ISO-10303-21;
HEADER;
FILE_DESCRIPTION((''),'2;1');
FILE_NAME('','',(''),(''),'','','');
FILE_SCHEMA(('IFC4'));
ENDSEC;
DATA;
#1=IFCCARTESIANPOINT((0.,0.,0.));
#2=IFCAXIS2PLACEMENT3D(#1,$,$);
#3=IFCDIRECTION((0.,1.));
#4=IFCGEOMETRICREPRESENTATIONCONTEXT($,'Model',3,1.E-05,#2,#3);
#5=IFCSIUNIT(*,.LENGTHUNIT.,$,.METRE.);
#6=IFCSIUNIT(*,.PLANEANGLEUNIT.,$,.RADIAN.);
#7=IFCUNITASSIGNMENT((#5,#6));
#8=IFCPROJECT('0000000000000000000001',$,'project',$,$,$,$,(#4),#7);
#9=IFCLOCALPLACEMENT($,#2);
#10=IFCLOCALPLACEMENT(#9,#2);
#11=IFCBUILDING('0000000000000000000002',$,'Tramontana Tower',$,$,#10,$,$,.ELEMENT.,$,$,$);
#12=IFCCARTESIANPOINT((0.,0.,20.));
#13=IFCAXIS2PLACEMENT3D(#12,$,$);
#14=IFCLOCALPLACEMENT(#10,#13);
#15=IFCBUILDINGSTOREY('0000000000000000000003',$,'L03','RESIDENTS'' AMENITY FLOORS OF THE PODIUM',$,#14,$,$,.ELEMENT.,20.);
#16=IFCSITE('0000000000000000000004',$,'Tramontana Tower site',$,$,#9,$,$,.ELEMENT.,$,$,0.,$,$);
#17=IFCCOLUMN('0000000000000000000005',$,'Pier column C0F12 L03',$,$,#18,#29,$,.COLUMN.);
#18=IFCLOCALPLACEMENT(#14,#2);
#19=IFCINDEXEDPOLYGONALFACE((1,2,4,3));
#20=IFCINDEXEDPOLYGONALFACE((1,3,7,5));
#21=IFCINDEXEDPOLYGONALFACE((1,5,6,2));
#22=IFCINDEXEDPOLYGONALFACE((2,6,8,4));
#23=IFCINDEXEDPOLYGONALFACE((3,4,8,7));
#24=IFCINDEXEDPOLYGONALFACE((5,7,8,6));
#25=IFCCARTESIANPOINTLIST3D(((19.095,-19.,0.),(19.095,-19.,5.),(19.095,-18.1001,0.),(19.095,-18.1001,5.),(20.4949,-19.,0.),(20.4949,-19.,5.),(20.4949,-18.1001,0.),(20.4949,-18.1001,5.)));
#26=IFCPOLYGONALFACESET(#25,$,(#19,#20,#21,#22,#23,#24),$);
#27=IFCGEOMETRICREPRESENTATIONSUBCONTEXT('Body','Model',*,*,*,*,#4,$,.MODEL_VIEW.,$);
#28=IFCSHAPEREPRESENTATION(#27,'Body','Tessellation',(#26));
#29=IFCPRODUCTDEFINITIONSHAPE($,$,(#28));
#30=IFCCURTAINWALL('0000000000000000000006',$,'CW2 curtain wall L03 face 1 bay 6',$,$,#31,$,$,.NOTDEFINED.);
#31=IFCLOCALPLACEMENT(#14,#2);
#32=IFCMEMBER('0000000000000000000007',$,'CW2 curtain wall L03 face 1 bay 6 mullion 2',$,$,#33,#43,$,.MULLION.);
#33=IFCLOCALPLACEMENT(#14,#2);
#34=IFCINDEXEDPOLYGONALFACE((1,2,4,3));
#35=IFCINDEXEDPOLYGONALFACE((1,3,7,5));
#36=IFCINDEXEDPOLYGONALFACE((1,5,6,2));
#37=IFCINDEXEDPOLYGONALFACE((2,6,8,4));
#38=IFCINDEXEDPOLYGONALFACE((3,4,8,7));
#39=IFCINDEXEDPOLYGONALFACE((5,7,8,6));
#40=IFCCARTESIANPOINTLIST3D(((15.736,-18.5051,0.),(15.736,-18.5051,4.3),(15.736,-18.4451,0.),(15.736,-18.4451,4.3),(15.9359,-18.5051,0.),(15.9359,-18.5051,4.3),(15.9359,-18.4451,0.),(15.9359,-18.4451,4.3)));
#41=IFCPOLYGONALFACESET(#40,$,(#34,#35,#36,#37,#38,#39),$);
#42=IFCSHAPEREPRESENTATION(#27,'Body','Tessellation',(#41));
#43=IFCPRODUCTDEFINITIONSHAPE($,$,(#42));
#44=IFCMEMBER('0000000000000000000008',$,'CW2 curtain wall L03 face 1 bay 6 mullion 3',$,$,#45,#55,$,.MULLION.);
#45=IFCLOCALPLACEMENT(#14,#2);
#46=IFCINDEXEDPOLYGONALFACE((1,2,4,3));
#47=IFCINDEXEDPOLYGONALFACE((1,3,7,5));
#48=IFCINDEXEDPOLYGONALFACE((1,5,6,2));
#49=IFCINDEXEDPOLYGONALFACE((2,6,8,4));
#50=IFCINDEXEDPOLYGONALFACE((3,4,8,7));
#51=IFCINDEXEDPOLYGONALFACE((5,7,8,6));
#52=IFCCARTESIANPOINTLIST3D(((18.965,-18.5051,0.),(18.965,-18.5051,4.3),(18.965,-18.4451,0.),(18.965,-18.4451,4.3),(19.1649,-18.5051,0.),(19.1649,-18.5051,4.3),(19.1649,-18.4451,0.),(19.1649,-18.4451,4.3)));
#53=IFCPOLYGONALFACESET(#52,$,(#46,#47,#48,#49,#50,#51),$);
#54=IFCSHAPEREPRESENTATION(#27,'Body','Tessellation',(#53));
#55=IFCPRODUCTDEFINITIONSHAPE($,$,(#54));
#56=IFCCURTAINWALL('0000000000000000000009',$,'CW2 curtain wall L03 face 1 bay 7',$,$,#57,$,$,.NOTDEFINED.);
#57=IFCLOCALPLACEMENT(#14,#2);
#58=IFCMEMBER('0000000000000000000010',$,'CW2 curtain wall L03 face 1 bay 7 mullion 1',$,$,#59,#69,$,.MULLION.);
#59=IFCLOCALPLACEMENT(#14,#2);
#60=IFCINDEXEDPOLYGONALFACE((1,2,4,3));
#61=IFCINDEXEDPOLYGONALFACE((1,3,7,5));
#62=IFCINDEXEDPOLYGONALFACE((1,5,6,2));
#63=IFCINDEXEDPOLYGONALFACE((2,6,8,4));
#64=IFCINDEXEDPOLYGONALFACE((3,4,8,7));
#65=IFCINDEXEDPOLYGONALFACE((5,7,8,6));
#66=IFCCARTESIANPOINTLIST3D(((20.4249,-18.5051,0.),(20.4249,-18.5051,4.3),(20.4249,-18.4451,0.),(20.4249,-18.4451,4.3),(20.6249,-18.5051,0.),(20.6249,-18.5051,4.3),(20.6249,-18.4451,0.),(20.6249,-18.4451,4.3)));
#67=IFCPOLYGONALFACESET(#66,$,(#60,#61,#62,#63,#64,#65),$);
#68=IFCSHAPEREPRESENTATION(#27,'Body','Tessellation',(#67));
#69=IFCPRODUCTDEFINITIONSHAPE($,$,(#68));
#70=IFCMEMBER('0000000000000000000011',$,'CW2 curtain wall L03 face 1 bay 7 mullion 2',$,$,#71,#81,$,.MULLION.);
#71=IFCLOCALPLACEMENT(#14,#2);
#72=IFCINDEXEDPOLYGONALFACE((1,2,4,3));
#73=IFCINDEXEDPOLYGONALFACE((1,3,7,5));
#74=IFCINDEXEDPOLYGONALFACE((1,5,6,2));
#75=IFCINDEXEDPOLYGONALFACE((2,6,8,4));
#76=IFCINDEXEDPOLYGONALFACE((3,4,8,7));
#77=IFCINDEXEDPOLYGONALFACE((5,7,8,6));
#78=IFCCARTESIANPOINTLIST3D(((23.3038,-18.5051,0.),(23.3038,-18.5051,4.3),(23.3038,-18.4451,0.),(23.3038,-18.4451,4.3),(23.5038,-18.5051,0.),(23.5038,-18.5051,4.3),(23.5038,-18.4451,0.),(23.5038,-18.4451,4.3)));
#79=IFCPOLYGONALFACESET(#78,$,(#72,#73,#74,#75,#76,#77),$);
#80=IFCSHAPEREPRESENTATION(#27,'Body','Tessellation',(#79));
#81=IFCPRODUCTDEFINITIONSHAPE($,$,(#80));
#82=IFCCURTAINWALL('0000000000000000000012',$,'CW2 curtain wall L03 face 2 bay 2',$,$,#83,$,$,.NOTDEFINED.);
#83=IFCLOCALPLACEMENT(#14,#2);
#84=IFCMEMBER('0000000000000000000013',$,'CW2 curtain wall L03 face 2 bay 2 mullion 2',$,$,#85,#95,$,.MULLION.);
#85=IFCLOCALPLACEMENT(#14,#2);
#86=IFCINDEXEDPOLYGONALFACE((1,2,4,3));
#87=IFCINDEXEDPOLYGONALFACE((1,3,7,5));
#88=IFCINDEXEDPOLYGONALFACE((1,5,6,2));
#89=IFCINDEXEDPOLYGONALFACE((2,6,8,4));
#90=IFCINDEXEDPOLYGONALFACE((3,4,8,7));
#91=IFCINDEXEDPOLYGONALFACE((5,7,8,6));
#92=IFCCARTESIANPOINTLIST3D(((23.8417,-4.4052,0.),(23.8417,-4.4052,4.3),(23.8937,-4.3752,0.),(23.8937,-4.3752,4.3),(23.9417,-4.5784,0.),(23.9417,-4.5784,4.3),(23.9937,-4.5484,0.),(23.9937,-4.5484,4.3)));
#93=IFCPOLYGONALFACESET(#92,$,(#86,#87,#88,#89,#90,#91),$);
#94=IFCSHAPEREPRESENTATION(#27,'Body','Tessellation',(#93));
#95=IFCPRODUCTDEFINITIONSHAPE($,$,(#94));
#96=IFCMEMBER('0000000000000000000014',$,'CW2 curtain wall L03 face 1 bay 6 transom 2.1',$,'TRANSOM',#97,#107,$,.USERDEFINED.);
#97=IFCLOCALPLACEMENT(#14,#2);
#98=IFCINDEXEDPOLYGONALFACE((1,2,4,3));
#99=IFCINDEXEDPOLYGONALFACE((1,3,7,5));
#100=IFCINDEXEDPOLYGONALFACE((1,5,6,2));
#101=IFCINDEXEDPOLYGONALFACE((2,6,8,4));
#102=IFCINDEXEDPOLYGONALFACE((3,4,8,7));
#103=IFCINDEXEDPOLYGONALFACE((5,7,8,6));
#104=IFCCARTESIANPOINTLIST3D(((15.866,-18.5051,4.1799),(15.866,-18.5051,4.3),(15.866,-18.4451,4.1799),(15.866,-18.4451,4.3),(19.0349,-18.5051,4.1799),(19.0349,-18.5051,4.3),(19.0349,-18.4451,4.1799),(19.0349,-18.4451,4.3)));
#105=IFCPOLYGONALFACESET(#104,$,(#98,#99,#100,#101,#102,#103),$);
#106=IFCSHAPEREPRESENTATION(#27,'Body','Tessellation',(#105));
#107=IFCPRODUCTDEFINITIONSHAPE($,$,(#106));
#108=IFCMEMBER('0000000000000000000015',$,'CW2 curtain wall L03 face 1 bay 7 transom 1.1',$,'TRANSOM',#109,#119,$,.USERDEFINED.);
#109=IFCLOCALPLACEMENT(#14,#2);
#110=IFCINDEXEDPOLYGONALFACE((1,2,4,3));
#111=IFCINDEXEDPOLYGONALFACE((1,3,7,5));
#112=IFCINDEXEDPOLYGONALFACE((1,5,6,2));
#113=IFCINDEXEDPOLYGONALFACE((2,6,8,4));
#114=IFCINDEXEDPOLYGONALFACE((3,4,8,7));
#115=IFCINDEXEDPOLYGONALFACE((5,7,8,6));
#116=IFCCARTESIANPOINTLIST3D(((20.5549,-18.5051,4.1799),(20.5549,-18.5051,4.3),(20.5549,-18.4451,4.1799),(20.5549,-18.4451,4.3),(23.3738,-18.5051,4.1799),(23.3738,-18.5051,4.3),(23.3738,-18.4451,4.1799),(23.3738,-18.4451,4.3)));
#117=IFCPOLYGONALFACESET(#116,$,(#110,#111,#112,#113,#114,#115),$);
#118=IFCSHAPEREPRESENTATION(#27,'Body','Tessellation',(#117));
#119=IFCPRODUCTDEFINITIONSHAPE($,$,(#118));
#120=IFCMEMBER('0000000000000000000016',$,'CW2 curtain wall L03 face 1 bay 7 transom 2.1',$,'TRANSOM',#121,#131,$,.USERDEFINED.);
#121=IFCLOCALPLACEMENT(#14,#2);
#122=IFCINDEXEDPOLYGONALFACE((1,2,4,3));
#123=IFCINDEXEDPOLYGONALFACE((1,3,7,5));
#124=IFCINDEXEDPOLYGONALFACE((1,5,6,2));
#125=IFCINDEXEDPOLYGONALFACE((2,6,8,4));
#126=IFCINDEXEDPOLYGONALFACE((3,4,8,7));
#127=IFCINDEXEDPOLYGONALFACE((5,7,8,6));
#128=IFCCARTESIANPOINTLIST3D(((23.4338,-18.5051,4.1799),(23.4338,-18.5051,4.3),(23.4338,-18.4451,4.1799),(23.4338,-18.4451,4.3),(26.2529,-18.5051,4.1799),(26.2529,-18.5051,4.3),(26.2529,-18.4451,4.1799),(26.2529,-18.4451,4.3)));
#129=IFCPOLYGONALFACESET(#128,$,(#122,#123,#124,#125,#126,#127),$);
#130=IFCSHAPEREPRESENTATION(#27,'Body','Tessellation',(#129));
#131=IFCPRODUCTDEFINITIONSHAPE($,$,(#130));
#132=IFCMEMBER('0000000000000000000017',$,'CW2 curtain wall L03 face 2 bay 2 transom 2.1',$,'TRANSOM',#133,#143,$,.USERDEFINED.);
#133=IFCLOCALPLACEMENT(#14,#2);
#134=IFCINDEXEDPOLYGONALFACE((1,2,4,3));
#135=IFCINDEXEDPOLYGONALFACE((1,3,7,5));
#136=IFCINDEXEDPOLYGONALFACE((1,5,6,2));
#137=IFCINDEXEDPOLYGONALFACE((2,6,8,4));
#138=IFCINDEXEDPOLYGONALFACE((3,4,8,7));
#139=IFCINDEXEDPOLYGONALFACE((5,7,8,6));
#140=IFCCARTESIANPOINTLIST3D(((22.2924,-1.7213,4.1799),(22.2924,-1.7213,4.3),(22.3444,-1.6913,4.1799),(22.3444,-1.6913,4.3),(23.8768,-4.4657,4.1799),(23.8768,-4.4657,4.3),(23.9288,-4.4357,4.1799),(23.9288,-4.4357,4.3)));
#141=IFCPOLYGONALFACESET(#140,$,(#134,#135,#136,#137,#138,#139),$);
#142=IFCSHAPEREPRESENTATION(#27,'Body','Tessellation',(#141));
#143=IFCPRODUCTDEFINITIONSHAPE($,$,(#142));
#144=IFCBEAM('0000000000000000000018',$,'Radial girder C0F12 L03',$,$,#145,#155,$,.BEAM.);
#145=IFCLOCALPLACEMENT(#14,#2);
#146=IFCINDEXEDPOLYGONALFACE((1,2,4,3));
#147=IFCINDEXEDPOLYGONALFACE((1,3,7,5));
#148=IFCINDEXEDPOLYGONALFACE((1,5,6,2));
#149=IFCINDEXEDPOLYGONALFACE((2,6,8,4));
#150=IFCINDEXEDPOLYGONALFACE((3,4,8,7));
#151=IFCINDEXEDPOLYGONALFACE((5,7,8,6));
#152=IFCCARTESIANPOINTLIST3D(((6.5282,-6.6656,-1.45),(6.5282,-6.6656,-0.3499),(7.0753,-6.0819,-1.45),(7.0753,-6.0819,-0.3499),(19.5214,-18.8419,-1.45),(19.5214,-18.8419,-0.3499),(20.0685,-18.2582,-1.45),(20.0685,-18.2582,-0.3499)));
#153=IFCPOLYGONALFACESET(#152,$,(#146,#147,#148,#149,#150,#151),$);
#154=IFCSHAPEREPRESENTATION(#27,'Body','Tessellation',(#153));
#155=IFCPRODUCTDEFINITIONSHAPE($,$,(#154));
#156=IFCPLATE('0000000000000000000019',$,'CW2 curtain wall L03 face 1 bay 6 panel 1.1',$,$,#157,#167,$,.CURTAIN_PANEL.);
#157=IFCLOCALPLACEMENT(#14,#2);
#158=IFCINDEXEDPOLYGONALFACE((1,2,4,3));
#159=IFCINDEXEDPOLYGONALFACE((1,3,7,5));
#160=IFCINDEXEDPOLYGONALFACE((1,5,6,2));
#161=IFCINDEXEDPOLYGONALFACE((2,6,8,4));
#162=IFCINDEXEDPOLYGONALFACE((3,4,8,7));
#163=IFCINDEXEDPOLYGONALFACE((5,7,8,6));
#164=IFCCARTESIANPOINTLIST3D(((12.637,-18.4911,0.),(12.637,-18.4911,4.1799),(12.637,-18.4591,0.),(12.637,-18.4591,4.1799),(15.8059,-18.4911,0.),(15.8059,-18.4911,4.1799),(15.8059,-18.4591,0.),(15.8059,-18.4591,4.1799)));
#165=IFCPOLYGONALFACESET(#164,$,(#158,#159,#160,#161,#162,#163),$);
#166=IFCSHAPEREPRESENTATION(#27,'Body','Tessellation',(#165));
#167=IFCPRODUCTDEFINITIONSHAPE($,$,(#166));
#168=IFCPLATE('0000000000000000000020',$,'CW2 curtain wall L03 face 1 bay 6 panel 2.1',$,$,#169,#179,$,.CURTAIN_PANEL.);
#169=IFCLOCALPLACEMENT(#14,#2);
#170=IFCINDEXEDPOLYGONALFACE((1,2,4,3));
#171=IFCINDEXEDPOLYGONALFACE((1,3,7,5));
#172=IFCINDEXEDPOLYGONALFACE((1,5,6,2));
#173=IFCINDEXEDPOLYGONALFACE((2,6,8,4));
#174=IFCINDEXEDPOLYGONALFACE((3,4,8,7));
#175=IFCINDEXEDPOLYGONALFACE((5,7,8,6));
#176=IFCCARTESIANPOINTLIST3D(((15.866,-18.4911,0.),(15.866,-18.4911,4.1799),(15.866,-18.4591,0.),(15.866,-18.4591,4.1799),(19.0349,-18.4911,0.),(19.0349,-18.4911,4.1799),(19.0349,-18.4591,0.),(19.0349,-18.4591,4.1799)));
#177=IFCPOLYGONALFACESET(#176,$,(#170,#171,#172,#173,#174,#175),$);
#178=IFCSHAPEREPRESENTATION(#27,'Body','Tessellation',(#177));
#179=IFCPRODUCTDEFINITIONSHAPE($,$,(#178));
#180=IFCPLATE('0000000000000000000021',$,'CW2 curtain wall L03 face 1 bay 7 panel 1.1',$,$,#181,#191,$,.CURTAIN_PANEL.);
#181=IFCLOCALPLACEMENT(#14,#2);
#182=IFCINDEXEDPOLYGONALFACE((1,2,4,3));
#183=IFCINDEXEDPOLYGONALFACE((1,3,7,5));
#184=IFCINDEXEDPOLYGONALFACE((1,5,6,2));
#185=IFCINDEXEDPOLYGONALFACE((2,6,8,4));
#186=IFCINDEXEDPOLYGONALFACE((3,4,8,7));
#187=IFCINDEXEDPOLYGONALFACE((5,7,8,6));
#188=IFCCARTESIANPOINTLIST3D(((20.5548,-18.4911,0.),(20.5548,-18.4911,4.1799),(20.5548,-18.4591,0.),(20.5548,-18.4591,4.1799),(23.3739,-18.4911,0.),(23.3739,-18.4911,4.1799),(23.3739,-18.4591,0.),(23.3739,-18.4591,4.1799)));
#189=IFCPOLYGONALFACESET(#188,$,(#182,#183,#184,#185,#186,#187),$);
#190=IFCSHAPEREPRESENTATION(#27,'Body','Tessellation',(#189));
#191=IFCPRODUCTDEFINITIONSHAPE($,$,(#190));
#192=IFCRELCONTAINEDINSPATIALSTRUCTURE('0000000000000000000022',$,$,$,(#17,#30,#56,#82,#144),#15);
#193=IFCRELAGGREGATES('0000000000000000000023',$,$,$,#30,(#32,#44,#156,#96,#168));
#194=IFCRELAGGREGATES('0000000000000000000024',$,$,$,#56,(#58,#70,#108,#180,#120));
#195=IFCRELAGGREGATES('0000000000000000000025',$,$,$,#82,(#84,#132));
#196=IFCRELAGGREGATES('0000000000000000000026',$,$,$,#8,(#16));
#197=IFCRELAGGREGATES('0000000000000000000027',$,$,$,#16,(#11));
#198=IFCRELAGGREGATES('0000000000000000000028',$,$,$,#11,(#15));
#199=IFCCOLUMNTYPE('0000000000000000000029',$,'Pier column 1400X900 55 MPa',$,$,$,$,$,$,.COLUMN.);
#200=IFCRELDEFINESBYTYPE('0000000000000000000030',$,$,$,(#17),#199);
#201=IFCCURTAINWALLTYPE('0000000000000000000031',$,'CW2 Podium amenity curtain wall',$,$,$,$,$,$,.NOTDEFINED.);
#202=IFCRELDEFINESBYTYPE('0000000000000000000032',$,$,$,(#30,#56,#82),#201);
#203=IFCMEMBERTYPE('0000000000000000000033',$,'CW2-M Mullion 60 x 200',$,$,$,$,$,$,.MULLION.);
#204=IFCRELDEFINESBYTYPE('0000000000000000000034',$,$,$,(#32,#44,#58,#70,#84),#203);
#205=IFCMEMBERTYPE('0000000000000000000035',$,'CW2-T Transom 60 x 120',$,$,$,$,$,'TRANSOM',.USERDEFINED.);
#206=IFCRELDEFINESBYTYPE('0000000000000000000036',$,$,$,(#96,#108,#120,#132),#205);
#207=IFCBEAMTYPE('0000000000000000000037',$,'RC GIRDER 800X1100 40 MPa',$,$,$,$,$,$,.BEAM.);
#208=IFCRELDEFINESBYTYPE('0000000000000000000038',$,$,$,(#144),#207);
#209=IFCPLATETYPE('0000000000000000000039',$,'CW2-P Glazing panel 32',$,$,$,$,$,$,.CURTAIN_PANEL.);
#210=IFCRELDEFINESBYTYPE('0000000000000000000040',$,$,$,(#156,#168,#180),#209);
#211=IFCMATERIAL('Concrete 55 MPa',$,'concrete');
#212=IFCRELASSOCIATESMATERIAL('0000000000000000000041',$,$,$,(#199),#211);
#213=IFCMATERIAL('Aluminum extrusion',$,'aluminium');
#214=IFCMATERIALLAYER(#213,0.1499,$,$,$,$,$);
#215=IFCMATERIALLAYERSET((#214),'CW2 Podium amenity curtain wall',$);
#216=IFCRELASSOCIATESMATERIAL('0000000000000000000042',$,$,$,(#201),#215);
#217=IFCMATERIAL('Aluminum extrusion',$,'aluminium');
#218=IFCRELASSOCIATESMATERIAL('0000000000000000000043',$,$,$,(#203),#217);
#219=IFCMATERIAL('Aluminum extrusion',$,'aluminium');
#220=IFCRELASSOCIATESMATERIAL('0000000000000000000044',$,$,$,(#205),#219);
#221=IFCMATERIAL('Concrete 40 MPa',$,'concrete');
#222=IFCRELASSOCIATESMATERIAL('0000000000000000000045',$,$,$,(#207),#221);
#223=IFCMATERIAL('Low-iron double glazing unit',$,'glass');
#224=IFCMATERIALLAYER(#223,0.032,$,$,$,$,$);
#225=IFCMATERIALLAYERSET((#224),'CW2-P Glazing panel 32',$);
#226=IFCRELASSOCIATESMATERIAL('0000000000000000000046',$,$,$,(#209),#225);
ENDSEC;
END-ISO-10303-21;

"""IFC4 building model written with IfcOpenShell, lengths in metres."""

from ifc_helpers import new_model, si_unit, direction, frame, origin, origin_2d, place, context, subcontext, project, spatial, rectangle, extrude, material, layer, layer_set, material_profile, profile_set, type_object, element, aggregate, save


model = new_model("IFC4")

# Units and contexts
model_context = context("Model", 3, precision=1e-05, world=origin(), true_north=direction((0.0, 1.0)))
body_context = subcontext(model_context, "Body", "Model", "MODEL_VIEW")
ifc_project = project(units=[si_unit("LENGTHUNIT", "METRE"), si_unit("PLANEANGLEUNIT", "RADIAN")], contexts=[model_context])

# Site, building, storey
site_placement = place(None, origin())
site = spatial("IfcSite", under=ifc_project, at=site_placement, Name="Tramontana Tower site", CompositionType="ELEMENT", RefElevation=0.0)
building_placement = place(site_placement, origin())
building = spatial("IfcBuilding", under=site, at=building_placement, Name="Tramontana Tower", CompositionType="ELEMENT")
storey_placement = place(building_placement, frame((0.0, 0.0, 20.0)))
storey = spatial("IfcBuildingStorey", under=building, at=storey_placement, Name="L03", Description="RESIDENTS' AMENITY FLOORS OF THE PODIUM", CompositionType="ELEMENT", Elevation=20.0)

# Column
ifc_material_1 = material(Name="Concrete 55 MPa", Category="concrete")
ifc_material_profile_1 = material_profile(ifc_material_1, rectangle(XDim=1.3999, YDim=0.8999, at=origin_2d()), Name="Pier column 1400X900 55 MPa")
ifc_profile_set_1 = profile_set([ifc_material_profile_1], Name="Concrete 55 MPa")
column_type = type_object("IfcColumnType", Name="Pier column 1400X900 55 MPa", PredefinedType="COLUMN", material=ifc_profile_set_1)
column_placement = place(storey_placement, frame((19.7949, -18.55, 0.0), z_axis=(0.0, 0.0, 1.0), x_axis=(1.0, 0.0, 0.0)))
element("IfcColumn", 1, at=column_placement, inside=storey, type_object=column_type, Name="Pier column C0F12 L03", PredefinedType="COLUMN", context=body_context, shape_type="SweptSolid", body=[
    extrude(rectangle(XDim=1.3999, YDim=0.8999, at=origin_2d()), origin(), (0.0, 0.0, 1.0), 5.0),
])

# Curtain walls, members
ifc_material_2 = material(Name="Aluminum extrusion", Category="aluminium")
ifc_layer_1 = layer(ifc_material_2, 0.1499)
ifc_layer_set_1 = layer_set([ifc_layer_1], Name="CW2 Podium amenity curtain wall")
curtain_wall_type = type_object("IfcCurtainWallType", Name="CW2 Podium amenity curtain wall", PredefinedType="NOTDEFINED", material=ifc_layer_set_1)
curtain_wall_1_placement = place(storey_placement, origin())
curtain_wall_1 = element("IfcCurtainWall", 2, at=curtain_wall_1_placement, inside=storey, type_object=curtain_wall_type, Name="CW2 curtain wall L03 face 1 bay 6", PredefinedType="NOTDEFINED")
ifc_material_3 = material(Name="Aluminum extrusion", Category="aluminium")
ifc_material_profile_2 = material_profile(ifc_material_3, rectangle(XDim=0.0601, YDim=0.2, at=origin_2d()), Name="CW2-M Mullion 60 x 200")
ifc_profile_set_2 = profile_set([ifc_material_profile_2], Name="Aluminum extrusion")
member_type_1 = type_object("IfcMemberType", Name="CW2-M Mullion 60 x 200", PredefinedType="MULLION", material=ifc_profile_set_2)
member_1_placement = place(storey_placement, frame((15.8359, -18.4751, 0.0), z_axis=(0.0, 0.0, 1.0), x_axis=(0.0, 1.0, 0.0)))
member_1 = element("IfcMember", 3, at=member_1_placement, type_object=member_type_1, Name="CW2 curtain wall L03 face 1 bay 6 mullion 2", PredefinedType="MULLION", context=body_context, shape_type="SweptSolid", body=[
    extrude(rectangle(XDim=0.0601, YDim=0.2, at=origin_2d()), origin(), (0.0, 0.0, 1.0), 4.3),
])
member_2_placement = place(storey_placement, frame((19.0649, -18.4751, 0.0), z_axis=(0.0, 0.0, 1.0), x_axis=(0.0, 1.0, 0.0)))
member_2 = element("IfcMember", 4, at=member_2_placement, type_object=member_type_1, Name="CW2 curtain wall L03 face 1 bay 6 mullion 3", PredefinedType="MULLION", context=body_context, shape_type="SweptSolid", body=[
    extrude(rectangle(XDim=0.0601, YDim=0.2, at=origin_2d()), origin(), (0.0, 0.0, 1.0), 4.3),
])
curtain_wall_2_placement = place(storey_placement, origin())
curtain_wall_2 = element("IfcCurtainWall", 5, at=curtain_wall_2_placement, inside=storey, type_object=curtain_wall_type, Name="CW2 curtain wall L03 face 1 bay 7", PredefinedType="NOTDEFINED")
member_3_placement = place(storey_placement, frame((20.5249, -18.4751, 0.0), z_axis=(0.0, 0.0, 1.0), x_axis=(0.0, 1.0, 0.0)))
member_3 = element("IfcMember", 6, at=member_3_placement, type_object=member_type_1, Name="CW2 curtain wall L03 face 1 bay 7 mullion 1", PredefinedType="MULLION", context=body_context, shape_type="SweptSolid", body=[
    extrude(rectangle(XDim=0.0601, YDim=0.2, at=origin_2d()), origin(), (0.0, 0.0, 1.0), 4.3),
])
member_4_placement = place(storey_placement, frame((23.4038, -18.4751, 0.0), z_axis=(0.0, 0.0, 1.0), x_axis=(0.0, 1.0, 0.0)))
member_4 = element("IfcMember", 7, at=member_4_placement, type_object=member_type_1, Name="CW2 curtain wall L03 face 1 bay 7 mullion 2", PredefinedType="MULLION", context=body_context, shape_type="SweptSolid", body=[
    extrude(rectangle(XDim=0.0601, YDim=0.2, at=origin_2d()), origin(), (0.0, 0.0, 1.0), 4.3),
])

# Curtain wall, member
curtain_wall_3_placement = place(storey_placement, origin())
curtain_wall_3 = element("IfcCurtainWall", 8, at=curtain_wall_3_placement, inside=storey, type_object=curtain_wall_type, Name="CW2 curtain wall L03 face 2 bay 2", PredefinedType="NOTDEFINED")
member_5_placement = place(storey_placement, frame((23.9177, -4.4768, 0.0), z_axis=(0.0, 0.0, 1.0), x_axis=(-0.866025, -0.5, 0.0)))
member_5 = element("IfcMember", 9, at=member_5_placement, type_object=member_type_1, Name="CW2 curtain wall L03 face 2 bay 2 mullion 2", PredefinedType="MULLION", context=body_context, shape_type="SweptSolid", body=[
    extrude(rectangle(XDim=0.0601, YDim=0.2, at=origin_2d()), origin(), (0.0, 0.0, 1.0), 4.3),
])

# Members
ifc_material_4 = material(Name="Aluminum extrusion", Category="aluminium")
ifc_material_profile_3 = material_profile(ifc_material_4, rectangle(XDim=0.0601, YDim=0.1201, at=origin_2d()), Name="CW2-T Transom 60 x 120")
ifc_profile_set_3 = profile_set([ifc_material_profile_3], Name="Aluminum extrusion")
member_type_2 = type_object("IfcMemberType", Name="CW2-T Transom 60 x 120", ElementType="TRANSOM", PredefinedType="USERDEFINED", material=ifc_profile_set_3)
member_6_placement = place(storey_placement, frame((15.866, -18.4751, 4.24), z_axis=(1.0, 0.0, 0.0), x_axis=(0.0, 1.0, 0.0)))
member_6 = element("IfcMember", 10, at=member_6_placement, type_object=member_type_2, Name="CW2 curtain wall L03 face 1 bay 6 transom 2.1", ObjectType="TRANSOM", PredefinedType="USERDEFINED", context=body_context, shape_type="SweptSolid", body=[
    extrude(rectangle(XDim=0.0601, YDim=0.1201, at=origin_2d()), origin(), (0.0, 0.0, 1.0), 3.1689),
])
member_7_placement = place(storey_placement, frame((20.5549, -18.4751, 4.24), z_axis=(1.0, 0.0, 0.0), x_axis=(0.0, 1.0, 0.0)))
member_7 = element("IfcMember", 11, at=member_7_placement, type_object=member_type_2, Name="CW2 curtain wall L03 face 1 bay 7 transom 1.1", ObjectType="TRANSOM", PredefinedType="USERDEFINED", context=body_context, shape_type="SweptSolid", body=[
    extrude(rectangle(XDim=0.0601, YDim=0.1201, at=origin_2d()), origin(), (0.0, 0.0, 1.0), 2.8188),
])
member_8_placement = place(storey_placement, frame((23.4338, -18.4751, 4.24), z_axis=(1.0, 0.0, 0.0), x_axis=(0.0, 1.0, 0.0)))
member_8 = element("IfcMember", 12, at=member_8_placement, type_object=member_type_2, Name="CW2 curtain wall L03 face 1 bay 7 transom 2.1", ObjectType="TRANSOM", PredefinedType="USERDEFINED", context=body_context, shape_type="SweptSolid", body=[
    extrude(rectangle(XDim=0.0601, YDim=0.1201, at=origin_2d()), origin(), (0.0, 0.0, 1.0), 2.8191),
])
member_9_placement = place(storey_placement, frame((23.9028, -4.4507, 4.24), z_axis=(-0.5, 0.866025, 0.0), x_axis=(-0.866025, -0.5, 0.0)))
member_9 = element("IfcMember", 13, at=member_9_placement, type_object=member_type_2, Name="CW2 curtain wall L03 face 2 bay 2 transom 2.1", ObjectType="TRANSOM", PredefinedType="USERDEFINED", context=body_context, shape_type="SweptSolid", body=[
    extrude(rectangle(XDim=0.0601, YDim=0.1201, at=origin_2d()), origin(), (0.0, 0.0, 1.0), 3.1689),
])

# Beam
ifc_material_5 = material(Name="Concrete 40 MPa", Category="concrete")
ifc_material_profile_4 = material_profile(ifc_material_5, rectangle(XDim=0.8, YDim=1.1001, at=origin_2d()), Name="RC GIRDER 800X1100 40 MPa")
ifc_profile_set_4 = profile_set([ifc_material_profile_4], Name="Concrete 40 MPa")
beam_type = type_object("IfcBeamType", Name="RC GIRDER 800X1100 40 MPa", PredefinedType="BEAM", material=ifc_profile_set_4)
beam_placement = place(storey_placement, frame((19.7949, -18.55, -0.8999), z_axis=(-0.729672, 0.683797, 0.0), x_axis=(-0.683797, -0.729672, 0.0)))
element("IfcBeam", 14, at=beam_placement, inside=storey, type_object=beam_type, Name="Radial girder C0F12 L03", PredefinedType="BEAM", context=body_context, shape_type="SweptSolid", body=[
    extrude(rectangle(XDim=0.8, YDim=1.1001, at=origin_2d()), origin(), (0.0, 0.0, 1.0), 17.8069),
])

# Plates
ifc_material_6 = material(Name="Low-iron double glazing unit", Category="glass")
ifc_layer_2 = layer(ifc_material_6, 0.032)
ifc_layer_set_2 = layer_set([ifc_layer_2], Name="CW2-P Glazing panel 32")
plate_type = type_object("IfcPlateType", Name="CW2-P Glazing panel 32", PredefinedType="CURTAIN_PANEL", material=ifc_layer_set_2)
plate_1_placement = place(storey_placement, frame((14.2214, -18.4751, 0.0), z_axis=(0.0, 0.0, 1.0), x_axis=(1.0, 0.0, 0.0)))
plate_1 = element("IfcPlate", 15, at=plate_1_placement, type_object=plate_type, Name="CW2 curtain wall L03 face 1 bay 6 panel 1.1", PredefinedType="CURTAIN_PANEL", context=body_context, shape_type="SweptSolid", body=[
    extrude(rectangle(XDim=3.1689, YDim=0.032, at=origin_2d()), origin(), (0.0, 0.0, 1.0), 4.1799),
])
plate_2_placement = place(storey_placement, frame((17.4504, -18.4751, 0.0), z_axis=(0.0, 0.0, 1.0), x_axis=(1.0, 0.0, 0.0)))
plate_2 = element("IfcPlate", 16, at=plate_2_placement, type_object=plate_type, Name="CW2 curtain wall L03 face 1 bay 6 panel 2.1", PredefinedType="CURTAIN_PANEL", context=body_context, shape_type="SweptSolid", body=[
    extrude(rectangle(XDim=3.1689, YDim=0.032, at=origin_2d()), origin(), (0.0, 0.0, 1.0), 4.1799),
])
aggregate(curtain_wall_1, [member_1, member_2, plate_1, member_6, plate_2])
plate_3_placement = place(storey_placement, frame((21.9644, -18.4751, 0.0), z_axis=(0.0, 0.0, 1.0), x_axis=(1.0, 0.0, 0.0)))
plate_3 = element("IfcPlate", 17, at=plate_3_placement, type_object=plate_type, Name="CW2 curtain wall L03 face 1 bay 7 panel 1.1", PredefinedType="CURTAIN_PANEL", context=body_context, shape_type="SweptSolid", body=[
    extrude(rectangle(XDim=2.8191, YDim=0.032, at=origin_2d()), origin(), (0.0, 0.0, 1.0), 4.1799),
])
aggregate(curtain_wall_2, [member_3, member_4, member_7, plate_3, member_8])
aggregate(curtain_wall_3, [member_5, member_9])

save(model, "model.ifc")
